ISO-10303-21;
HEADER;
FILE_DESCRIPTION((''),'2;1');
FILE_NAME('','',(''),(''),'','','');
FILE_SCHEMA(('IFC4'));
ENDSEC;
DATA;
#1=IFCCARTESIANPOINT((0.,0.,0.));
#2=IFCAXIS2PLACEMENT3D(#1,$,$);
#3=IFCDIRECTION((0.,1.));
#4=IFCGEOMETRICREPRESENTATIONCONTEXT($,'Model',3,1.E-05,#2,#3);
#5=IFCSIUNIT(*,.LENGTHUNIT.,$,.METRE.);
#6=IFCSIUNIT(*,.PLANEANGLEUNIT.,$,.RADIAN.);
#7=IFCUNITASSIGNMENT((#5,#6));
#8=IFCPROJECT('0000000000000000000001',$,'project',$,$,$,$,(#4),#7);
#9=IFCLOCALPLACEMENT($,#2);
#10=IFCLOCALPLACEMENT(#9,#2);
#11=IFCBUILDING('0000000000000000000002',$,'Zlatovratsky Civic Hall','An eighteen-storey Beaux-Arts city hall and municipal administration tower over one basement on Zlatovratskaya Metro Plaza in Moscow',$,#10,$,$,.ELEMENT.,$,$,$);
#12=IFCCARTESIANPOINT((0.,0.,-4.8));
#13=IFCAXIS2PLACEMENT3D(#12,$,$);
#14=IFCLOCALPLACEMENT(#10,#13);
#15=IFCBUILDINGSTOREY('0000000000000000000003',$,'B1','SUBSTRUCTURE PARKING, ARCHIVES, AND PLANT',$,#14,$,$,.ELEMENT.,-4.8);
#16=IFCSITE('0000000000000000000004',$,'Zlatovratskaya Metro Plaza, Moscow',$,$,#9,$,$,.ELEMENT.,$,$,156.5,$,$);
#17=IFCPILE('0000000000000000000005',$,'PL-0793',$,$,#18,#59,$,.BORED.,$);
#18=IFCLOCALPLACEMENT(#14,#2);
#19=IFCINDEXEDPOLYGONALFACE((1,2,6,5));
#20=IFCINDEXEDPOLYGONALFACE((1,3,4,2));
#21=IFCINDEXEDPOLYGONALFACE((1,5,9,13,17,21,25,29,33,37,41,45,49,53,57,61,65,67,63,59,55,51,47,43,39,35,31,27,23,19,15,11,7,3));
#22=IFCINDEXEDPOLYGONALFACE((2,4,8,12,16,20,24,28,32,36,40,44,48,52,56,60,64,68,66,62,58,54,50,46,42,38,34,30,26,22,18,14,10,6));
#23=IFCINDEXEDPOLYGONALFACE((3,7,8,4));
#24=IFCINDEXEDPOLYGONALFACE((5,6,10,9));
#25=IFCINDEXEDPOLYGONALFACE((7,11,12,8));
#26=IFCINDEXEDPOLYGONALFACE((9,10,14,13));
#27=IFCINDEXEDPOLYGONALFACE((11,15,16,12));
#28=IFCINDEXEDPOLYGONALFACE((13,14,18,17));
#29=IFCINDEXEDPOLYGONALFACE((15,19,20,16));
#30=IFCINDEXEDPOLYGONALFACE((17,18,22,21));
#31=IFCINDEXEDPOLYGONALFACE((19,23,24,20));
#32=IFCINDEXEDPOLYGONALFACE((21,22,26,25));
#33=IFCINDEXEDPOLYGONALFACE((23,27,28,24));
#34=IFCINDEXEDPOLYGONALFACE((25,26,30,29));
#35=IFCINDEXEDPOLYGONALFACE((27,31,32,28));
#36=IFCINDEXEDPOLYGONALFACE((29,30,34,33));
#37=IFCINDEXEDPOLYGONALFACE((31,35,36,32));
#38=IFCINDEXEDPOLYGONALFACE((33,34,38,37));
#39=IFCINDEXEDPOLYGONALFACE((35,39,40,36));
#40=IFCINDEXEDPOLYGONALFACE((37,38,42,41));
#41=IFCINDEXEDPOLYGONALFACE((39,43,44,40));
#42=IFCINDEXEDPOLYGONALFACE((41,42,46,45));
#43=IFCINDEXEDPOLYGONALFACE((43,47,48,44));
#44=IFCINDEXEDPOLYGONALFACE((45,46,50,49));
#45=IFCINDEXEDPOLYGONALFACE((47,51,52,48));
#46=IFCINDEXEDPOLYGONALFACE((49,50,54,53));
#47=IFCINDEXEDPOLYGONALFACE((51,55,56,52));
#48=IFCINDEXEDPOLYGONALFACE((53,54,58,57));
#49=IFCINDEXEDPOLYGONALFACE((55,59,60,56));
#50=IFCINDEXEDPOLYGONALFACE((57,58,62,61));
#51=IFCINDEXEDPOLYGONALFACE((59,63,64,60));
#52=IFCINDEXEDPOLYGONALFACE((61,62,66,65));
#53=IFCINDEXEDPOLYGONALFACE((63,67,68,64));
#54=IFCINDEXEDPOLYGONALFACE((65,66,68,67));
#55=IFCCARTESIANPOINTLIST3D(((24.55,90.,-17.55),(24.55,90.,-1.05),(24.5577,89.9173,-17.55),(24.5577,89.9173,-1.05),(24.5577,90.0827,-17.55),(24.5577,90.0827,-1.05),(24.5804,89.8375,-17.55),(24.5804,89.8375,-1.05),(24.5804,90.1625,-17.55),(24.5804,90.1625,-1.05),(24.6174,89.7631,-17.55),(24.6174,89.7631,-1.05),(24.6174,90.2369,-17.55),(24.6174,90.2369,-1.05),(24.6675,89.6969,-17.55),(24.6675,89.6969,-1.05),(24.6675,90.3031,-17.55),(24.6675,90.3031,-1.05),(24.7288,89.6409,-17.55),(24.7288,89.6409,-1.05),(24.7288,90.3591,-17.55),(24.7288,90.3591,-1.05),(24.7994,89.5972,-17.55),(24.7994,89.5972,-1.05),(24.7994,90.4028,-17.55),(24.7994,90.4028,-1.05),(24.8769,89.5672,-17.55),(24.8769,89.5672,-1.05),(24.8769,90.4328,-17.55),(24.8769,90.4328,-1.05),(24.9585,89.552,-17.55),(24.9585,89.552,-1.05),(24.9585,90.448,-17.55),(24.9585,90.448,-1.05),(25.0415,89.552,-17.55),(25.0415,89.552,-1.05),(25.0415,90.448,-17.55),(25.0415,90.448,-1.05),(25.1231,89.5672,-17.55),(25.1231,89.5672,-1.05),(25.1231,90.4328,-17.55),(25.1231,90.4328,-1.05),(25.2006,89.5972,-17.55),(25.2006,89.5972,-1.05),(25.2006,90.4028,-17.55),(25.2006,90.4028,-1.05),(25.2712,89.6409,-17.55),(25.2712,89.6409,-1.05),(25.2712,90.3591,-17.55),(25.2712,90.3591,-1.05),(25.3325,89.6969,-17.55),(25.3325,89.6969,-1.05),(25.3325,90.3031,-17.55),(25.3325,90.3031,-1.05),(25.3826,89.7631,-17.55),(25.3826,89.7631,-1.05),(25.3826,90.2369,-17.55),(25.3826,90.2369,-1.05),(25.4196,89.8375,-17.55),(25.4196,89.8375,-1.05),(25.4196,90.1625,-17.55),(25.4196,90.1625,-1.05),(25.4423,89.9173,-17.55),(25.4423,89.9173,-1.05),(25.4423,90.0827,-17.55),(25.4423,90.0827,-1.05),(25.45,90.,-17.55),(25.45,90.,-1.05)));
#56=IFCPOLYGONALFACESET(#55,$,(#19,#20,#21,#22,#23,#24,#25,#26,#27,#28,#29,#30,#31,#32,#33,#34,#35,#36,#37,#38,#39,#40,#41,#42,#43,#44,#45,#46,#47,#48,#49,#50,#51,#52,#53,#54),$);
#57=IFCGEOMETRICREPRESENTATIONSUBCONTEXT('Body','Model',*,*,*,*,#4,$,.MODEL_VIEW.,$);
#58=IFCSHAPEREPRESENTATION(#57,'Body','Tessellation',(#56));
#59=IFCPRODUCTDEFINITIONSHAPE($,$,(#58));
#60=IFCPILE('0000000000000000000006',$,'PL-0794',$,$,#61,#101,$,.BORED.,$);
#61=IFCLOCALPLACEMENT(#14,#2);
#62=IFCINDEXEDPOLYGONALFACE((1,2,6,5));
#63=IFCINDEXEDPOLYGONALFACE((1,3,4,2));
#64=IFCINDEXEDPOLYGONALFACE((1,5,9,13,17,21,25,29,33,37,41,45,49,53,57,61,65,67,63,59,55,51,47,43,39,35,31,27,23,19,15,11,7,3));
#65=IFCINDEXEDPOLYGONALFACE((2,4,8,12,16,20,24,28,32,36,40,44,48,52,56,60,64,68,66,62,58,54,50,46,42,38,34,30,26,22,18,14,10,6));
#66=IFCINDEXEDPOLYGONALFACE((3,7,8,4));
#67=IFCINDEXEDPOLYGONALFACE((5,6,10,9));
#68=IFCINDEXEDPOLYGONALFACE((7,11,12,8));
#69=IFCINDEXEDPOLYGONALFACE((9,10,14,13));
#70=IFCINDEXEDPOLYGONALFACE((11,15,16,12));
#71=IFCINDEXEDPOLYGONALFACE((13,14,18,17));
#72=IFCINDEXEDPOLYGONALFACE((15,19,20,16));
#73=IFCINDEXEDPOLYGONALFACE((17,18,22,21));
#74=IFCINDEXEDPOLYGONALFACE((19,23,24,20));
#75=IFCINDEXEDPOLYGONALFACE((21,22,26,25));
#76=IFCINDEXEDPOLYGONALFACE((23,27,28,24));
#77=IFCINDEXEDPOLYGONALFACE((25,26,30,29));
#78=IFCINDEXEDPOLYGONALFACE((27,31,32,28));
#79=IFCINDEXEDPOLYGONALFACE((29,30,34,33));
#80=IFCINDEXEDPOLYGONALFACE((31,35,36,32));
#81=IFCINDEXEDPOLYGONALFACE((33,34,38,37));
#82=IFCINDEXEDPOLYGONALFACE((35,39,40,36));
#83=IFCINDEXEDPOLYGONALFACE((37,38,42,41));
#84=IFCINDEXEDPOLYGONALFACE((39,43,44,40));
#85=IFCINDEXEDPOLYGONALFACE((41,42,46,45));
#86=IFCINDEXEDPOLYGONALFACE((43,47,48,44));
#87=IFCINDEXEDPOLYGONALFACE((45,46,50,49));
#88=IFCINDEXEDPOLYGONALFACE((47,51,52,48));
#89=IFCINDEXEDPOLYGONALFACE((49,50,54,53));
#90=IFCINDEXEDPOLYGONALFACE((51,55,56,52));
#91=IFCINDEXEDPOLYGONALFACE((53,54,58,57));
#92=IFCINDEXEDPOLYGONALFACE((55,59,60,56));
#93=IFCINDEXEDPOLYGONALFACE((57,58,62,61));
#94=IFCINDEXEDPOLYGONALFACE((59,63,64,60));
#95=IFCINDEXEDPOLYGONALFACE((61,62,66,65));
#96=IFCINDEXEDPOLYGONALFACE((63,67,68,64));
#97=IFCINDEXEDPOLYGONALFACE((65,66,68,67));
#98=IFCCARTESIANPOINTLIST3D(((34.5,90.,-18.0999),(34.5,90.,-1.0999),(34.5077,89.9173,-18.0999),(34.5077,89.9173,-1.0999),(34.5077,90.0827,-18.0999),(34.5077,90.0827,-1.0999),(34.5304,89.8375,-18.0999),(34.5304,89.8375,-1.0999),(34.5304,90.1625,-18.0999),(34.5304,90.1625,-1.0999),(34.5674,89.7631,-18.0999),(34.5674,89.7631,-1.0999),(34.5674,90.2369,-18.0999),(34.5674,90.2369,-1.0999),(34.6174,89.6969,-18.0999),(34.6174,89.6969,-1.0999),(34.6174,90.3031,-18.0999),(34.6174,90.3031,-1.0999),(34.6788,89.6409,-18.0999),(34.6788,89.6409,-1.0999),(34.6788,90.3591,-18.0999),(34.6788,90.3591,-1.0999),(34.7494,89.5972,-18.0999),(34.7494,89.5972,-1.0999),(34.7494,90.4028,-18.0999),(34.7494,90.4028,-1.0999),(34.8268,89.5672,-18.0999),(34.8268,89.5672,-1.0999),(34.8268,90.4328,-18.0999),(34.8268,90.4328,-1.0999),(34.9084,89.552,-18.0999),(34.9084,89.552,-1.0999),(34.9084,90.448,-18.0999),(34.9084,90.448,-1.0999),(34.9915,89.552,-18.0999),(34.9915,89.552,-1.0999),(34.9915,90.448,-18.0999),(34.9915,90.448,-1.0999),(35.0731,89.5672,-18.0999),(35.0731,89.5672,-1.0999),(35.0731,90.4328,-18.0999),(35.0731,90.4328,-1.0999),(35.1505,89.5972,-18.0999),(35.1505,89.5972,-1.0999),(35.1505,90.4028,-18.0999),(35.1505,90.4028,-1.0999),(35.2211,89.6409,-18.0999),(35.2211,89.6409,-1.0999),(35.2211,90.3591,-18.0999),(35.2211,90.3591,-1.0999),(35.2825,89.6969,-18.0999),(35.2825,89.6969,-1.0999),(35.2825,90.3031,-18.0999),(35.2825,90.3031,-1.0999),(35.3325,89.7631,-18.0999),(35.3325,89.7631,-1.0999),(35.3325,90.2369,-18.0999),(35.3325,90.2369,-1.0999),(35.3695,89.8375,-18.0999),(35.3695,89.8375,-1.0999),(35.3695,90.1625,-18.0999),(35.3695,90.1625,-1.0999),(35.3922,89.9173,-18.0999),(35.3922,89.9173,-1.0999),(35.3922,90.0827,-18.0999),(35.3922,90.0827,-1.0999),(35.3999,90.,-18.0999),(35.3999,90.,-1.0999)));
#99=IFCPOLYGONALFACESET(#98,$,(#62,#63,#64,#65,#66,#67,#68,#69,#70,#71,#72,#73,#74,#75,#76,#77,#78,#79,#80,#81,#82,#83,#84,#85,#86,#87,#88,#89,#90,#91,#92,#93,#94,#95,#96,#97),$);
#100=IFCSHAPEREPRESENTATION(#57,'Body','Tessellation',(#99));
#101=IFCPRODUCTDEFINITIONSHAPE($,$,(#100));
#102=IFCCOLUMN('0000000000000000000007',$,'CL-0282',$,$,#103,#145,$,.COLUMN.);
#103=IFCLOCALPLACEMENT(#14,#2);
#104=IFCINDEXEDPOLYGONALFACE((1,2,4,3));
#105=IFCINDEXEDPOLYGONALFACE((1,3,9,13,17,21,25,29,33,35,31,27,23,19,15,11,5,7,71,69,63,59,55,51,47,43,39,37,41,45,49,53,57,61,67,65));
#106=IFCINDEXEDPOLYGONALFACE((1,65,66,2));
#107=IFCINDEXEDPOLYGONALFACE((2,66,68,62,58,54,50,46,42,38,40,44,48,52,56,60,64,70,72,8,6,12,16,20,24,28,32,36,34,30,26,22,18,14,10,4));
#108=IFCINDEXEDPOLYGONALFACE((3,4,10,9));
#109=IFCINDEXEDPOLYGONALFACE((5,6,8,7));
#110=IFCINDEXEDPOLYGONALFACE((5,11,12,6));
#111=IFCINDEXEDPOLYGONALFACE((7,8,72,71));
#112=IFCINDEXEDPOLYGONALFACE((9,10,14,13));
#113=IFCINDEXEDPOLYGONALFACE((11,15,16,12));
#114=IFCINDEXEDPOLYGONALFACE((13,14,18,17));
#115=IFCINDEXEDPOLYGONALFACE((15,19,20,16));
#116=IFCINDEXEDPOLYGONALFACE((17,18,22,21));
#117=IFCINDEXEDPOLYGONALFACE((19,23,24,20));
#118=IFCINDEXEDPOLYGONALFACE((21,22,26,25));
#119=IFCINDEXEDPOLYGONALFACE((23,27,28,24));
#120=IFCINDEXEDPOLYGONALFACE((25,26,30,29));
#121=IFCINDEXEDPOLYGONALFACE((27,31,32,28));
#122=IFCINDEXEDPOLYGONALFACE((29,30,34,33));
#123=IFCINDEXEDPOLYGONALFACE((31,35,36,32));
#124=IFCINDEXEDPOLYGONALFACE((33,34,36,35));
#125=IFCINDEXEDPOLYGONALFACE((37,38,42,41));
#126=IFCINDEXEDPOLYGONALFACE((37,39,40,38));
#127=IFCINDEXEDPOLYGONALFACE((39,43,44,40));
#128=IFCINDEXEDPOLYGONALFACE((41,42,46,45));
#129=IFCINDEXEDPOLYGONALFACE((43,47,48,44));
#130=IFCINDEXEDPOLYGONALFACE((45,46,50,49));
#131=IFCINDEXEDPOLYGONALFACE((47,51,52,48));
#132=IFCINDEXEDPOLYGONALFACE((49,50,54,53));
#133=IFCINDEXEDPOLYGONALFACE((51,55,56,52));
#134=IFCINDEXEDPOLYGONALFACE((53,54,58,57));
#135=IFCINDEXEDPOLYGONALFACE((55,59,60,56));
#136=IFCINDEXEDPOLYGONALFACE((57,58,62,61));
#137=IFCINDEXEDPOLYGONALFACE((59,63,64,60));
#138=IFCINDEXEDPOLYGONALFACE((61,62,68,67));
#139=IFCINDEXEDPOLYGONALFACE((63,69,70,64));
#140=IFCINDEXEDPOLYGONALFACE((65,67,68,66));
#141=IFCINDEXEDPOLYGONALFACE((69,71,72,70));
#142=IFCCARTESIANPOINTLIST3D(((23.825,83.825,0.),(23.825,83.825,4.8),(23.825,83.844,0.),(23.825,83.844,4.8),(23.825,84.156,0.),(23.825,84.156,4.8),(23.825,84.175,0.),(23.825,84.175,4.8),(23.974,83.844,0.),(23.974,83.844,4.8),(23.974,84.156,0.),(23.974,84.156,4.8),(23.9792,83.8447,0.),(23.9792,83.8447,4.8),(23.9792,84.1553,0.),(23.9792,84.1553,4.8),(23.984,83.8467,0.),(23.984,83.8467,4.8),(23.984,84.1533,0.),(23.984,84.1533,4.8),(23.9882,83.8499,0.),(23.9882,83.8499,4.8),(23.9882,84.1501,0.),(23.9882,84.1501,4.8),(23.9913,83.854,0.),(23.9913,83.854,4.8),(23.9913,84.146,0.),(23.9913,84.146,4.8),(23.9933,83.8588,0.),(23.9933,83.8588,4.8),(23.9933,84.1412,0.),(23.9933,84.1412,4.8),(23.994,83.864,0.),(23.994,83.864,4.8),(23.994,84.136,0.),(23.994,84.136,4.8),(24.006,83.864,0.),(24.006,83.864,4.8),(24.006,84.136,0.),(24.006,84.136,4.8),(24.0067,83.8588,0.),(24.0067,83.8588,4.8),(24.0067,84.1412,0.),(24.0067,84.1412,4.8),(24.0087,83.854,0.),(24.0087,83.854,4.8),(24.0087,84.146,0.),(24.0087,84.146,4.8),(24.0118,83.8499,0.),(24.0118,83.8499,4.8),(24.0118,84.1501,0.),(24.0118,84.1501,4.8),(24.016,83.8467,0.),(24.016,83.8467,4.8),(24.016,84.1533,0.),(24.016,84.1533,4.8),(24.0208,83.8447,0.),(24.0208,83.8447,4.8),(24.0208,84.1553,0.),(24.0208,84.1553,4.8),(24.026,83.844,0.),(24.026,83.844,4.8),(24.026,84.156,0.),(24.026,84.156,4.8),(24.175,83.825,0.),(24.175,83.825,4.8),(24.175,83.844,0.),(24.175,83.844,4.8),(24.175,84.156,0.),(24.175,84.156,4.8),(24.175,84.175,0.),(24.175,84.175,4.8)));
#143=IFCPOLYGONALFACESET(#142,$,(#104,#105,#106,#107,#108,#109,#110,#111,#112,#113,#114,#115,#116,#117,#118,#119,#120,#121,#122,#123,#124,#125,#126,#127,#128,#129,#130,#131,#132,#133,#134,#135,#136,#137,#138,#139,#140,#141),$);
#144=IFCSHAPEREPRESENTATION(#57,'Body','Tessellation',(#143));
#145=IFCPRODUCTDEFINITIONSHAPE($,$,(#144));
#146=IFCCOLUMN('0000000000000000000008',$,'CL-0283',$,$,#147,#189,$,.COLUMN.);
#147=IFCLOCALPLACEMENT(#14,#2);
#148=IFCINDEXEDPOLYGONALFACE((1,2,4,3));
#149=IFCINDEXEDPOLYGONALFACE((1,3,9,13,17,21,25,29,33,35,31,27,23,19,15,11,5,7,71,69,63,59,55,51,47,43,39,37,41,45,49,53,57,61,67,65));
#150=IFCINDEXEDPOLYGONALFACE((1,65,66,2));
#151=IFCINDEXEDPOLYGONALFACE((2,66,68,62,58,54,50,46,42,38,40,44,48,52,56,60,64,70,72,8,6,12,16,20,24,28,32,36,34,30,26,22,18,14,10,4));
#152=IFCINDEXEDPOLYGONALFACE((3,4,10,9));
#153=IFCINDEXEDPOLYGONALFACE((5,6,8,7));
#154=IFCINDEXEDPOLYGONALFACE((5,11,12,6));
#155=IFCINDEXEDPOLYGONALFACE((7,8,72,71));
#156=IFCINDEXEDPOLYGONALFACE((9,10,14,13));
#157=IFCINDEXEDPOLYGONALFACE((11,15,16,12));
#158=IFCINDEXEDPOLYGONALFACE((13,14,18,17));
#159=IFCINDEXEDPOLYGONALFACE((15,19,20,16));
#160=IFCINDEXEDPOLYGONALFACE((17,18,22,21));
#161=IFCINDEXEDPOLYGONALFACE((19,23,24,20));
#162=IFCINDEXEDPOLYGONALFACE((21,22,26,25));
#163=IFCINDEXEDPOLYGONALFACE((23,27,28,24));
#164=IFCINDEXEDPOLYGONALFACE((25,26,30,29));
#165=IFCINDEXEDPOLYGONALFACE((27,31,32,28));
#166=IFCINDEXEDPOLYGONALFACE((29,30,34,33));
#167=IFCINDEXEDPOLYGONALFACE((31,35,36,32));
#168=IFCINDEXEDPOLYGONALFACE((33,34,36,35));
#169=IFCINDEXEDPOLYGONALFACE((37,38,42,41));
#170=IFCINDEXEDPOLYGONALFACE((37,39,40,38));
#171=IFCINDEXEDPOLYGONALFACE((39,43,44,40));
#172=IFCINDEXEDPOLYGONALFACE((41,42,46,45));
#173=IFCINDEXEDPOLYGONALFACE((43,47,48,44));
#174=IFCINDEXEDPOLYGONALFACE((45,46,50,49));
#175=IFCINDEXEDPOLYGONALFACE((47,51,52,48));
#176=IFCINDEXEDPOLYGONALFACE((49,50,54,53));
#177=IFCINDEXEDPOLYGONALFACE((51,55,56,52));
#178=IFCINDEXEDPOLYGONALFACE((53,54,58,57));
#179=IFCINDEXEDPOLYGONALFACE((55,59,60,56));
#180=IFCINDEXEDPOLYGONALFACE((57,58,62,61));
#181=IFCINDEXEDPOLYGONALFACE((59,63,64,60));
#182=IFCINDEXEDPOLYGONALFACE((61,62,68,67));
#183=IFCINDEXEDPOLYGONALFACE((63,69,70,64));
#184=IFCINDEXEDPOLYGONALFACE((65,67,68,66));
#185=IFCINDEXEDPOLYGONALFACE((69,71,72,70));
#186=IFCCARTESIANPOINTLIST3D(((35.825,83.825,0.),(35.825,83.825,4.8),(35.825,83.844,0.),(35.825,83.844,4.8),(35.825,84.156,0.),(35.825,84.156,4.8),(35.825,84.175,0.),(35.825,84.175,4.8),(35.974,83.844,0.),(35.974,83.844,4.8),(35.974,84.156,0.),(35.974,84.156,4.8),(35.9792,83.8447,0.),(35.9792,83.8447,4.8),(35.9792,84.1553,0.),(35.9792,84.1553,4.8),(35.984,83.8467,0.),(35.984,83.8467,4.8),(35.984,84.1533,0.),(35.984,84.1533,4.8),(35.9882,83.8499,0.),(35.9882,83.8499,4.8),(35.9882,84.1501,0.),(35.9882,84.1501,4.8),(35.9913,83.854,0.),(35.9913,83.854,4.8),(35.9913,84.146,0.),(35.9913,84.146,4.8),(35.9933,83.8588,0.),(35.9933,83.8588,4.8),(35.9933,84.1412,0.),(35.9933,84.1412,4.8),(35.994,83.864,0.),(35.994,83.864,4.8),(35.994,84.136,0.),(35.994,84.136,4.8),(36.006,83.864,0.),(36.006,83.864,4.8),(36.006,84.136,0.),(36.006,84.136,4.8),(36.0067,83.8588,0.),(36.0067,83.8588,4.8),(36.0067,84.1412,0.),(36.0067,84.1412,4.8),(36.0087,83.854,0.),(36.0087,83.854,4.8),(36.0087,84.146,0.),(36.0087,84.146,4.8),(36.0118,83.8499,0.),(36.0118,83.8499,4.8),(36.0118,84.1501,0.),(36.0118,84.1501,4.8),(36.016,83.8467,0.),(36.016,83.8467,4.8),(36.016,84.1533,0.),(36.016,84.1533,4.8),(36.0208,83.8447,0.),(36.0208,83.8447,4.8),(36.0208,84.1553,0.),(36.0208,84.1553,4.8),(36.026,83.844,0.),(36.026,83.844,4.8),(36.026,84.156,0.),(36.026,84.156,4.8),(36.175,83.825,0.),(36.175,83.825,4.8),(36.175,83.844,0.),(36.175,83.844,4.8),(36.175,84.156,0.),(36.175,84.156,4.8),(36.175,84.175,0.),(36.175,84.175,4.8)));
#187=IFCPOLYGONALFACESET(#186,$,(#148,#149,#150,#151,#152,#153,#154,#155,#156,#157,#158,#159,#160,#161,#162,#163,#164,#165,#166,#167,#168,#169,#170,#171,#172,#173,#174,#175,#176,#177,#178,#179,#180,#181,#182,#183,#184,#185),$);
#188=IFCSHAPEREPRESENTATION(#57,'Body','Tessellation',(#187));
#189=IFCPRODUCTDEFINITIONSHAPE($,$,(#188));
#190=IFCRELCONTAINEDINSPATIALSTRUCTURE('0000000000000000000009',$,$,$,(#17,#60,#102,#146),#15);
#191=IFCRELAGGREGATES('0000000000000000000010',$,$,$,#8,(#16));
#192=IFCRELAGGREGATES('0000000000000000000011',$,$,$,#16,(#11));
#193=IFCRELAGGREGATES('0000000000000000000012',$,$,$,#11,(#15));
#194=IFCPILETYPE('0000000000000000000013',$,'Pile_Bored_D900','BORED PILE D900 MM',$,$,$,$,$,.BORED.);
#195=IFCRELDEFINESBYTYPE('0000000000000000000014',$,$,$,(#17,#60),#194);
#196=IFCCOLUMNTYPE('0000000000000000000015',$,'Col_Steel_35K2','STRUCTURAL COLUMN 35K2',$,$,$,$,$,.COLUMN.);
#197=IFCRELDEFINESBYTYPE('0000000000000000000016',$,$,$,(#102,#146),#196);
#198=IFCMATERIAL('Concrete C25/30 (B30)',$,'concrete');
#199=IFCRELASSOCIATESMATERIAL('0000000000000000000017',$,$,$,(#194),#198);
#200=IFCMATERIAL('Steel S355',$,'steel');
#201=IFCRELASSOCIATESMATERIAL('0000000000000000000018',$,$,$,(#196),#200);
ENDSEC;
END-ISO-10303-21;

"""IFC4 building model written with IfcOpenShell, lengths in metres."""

from ifc_helpers import new_model, si_unit, direction, frame, origin, origin_2d, place, context, subcontext, project, spatial, circle, i_section, extrude, material, material_profile, profile_set, type_object, element, save


model = new_model("IFC4")

# Units and contexts
model_context = context("Model", 3, precision=1e-05, world=origin(), true_north=direction((0.0, 1.0)))
body_context = subcontext(model_context, "Body", "Model", "MODEL_VIEW")
ifc_project = project(units=[si_unit("LENGTHUNIT", "METRE"), si_unit("PLANEANGLEUNIT", "RADIAN")], contexts=[model_context])

# Site, building, storey
site_placement = place(None, origin())
site = spatial("IfcSite", under=ifc_project, at=site_placement, Name="Zlatovratskaya Metro Plaza, Moscow", CompositionType="ELEMENT", RefElevation=156.5)
building_placement = place(site_placement, origin())
building = spatial("IfcBuilding", under=site, at=building_placement, Name="Zlatovratsky Civic Hall", Description="An eighteen-storey Beaux-Arts city hall and municipal administration tower over one basement on Zlatovratskaya Metro Plaza in Moscow", CompositionType="ELEMENT")
storey_placement = place(building_placement, frame((0.0, 0.0, -4.8)))
storey = spatial("IfcBuildingStorey", under=building, at=storey_placement, Name="B1", Description="SUBSTRUCTURE PARKING, ARCHIVES, AND PLANT", CompositionType="ELEMENT", Elevation=-4.8)

# Shared definitions
ifc_material_1 = material(Name="Concrete C25/30 (B30)", Category="concrete")

# Piles
ifc_material_profile_1 = material_profile(ifc_material_1, circle(Radius=0.45, at=origin_2d()), Name="PILE D900")
ifc_profile_set_1 = profile_set([ifc_material_profile_1], Name="Concrete C25/30 (B30)")
pile_type_1 = type_object("IfcPileType", Name="Pile_Bored_D900", Description="BORED PILE D900 MM", PredefinedType="BORED", material=ifc_profile_set_1)
for number, where, z_axis, x_axis, name in (
    (1, (25.0, 90.0, -1.05), (0.0, 0.0, -1.0), (1.0, 0.0, 0.0), "PL-0793"),
):
    element("IfcPile", number, at=place(storey_placement, frame(where, z_axis=z_axis, x_axis=x_axis)), inside=storey, type_object=pile_type_1, Name=name, PredefinedType="BORED", context=body_context, shape_type="SweptSolid", body=[
        extrude(circle(Radius=0.45, at=origin_2d()), origin(), (0.0, 0.0, 1.0), 16.5),
    ])
pile_1_placement = place(storey_placement, frame((34.95, 90.0, -1.0999), z_axis=(0.0, 0.0, -1.0), x_axis=(1.0, 0.0, 0.0)))
element("IfcPile", 2, at=pile_1_placement, inside=storey, type_object=pile_type_1, Name="PL-0794", PredefinedType="BORED", context=body_context, shape_type="SweptSolid", body=[
    extrude(circle(Radius=0.45, at=origin_2d()), origin(), (0.0, 0.0, 1.0), 17.0),
])

# Columns
ifc_material_2 = material(Name="Steel S355", Category="steel")
ifc_material_profile_2 = material_profile(ifc_material_2, i_section(OverallWidth=0.3501, OverallDepth=0.3501, WebThickness=0.012, FlangeThickness=0.019, FilletRadius=0.02, at=origin_2d()), Name="35K2")
ifc_profile_set_2 = profile_set([ifc_material_profile_2], Name="Steel S355")
column_type = type_object("IfcColumnType", Name="Col_Steel_35K2", Description="STRUCTURAL COLUMN 35K2", PredefinedType="COLUMN", material=ifc_profile_set_2)
for number, where, z_axis, x_axis, name in (
    (3, (24.0, 84.0, 0.0), (0.0, 0.0, 1.0), (1.0, 0.0, 0.0), "CL-0282"),
    (4, (36.0, 84.0, 0.0), (0.0, 0.0, 1.0), (1.0, 0.0, 0.0), "CL-0283"),
):
    element("IfcColumn", number, at=place(storey_placement, frame(where, z_axis=z_axis, x_axis=x_axis)), inside=storey, type_object=column_type, Name=name, PredefinedType="COLUMN", context=body_context, shape_type="SweptSolid", body=[
        extrude(i_section(OverallWidth=0.3501, OverallDepth=0.3501, WebThickness=0.012, FlangeThickness=0.019, FilletRadius=0.02, at=origin_2d()), origin(), (0.0, 0.0, 1.0), 4.8),
    ])

save(model, "model.ifc")
